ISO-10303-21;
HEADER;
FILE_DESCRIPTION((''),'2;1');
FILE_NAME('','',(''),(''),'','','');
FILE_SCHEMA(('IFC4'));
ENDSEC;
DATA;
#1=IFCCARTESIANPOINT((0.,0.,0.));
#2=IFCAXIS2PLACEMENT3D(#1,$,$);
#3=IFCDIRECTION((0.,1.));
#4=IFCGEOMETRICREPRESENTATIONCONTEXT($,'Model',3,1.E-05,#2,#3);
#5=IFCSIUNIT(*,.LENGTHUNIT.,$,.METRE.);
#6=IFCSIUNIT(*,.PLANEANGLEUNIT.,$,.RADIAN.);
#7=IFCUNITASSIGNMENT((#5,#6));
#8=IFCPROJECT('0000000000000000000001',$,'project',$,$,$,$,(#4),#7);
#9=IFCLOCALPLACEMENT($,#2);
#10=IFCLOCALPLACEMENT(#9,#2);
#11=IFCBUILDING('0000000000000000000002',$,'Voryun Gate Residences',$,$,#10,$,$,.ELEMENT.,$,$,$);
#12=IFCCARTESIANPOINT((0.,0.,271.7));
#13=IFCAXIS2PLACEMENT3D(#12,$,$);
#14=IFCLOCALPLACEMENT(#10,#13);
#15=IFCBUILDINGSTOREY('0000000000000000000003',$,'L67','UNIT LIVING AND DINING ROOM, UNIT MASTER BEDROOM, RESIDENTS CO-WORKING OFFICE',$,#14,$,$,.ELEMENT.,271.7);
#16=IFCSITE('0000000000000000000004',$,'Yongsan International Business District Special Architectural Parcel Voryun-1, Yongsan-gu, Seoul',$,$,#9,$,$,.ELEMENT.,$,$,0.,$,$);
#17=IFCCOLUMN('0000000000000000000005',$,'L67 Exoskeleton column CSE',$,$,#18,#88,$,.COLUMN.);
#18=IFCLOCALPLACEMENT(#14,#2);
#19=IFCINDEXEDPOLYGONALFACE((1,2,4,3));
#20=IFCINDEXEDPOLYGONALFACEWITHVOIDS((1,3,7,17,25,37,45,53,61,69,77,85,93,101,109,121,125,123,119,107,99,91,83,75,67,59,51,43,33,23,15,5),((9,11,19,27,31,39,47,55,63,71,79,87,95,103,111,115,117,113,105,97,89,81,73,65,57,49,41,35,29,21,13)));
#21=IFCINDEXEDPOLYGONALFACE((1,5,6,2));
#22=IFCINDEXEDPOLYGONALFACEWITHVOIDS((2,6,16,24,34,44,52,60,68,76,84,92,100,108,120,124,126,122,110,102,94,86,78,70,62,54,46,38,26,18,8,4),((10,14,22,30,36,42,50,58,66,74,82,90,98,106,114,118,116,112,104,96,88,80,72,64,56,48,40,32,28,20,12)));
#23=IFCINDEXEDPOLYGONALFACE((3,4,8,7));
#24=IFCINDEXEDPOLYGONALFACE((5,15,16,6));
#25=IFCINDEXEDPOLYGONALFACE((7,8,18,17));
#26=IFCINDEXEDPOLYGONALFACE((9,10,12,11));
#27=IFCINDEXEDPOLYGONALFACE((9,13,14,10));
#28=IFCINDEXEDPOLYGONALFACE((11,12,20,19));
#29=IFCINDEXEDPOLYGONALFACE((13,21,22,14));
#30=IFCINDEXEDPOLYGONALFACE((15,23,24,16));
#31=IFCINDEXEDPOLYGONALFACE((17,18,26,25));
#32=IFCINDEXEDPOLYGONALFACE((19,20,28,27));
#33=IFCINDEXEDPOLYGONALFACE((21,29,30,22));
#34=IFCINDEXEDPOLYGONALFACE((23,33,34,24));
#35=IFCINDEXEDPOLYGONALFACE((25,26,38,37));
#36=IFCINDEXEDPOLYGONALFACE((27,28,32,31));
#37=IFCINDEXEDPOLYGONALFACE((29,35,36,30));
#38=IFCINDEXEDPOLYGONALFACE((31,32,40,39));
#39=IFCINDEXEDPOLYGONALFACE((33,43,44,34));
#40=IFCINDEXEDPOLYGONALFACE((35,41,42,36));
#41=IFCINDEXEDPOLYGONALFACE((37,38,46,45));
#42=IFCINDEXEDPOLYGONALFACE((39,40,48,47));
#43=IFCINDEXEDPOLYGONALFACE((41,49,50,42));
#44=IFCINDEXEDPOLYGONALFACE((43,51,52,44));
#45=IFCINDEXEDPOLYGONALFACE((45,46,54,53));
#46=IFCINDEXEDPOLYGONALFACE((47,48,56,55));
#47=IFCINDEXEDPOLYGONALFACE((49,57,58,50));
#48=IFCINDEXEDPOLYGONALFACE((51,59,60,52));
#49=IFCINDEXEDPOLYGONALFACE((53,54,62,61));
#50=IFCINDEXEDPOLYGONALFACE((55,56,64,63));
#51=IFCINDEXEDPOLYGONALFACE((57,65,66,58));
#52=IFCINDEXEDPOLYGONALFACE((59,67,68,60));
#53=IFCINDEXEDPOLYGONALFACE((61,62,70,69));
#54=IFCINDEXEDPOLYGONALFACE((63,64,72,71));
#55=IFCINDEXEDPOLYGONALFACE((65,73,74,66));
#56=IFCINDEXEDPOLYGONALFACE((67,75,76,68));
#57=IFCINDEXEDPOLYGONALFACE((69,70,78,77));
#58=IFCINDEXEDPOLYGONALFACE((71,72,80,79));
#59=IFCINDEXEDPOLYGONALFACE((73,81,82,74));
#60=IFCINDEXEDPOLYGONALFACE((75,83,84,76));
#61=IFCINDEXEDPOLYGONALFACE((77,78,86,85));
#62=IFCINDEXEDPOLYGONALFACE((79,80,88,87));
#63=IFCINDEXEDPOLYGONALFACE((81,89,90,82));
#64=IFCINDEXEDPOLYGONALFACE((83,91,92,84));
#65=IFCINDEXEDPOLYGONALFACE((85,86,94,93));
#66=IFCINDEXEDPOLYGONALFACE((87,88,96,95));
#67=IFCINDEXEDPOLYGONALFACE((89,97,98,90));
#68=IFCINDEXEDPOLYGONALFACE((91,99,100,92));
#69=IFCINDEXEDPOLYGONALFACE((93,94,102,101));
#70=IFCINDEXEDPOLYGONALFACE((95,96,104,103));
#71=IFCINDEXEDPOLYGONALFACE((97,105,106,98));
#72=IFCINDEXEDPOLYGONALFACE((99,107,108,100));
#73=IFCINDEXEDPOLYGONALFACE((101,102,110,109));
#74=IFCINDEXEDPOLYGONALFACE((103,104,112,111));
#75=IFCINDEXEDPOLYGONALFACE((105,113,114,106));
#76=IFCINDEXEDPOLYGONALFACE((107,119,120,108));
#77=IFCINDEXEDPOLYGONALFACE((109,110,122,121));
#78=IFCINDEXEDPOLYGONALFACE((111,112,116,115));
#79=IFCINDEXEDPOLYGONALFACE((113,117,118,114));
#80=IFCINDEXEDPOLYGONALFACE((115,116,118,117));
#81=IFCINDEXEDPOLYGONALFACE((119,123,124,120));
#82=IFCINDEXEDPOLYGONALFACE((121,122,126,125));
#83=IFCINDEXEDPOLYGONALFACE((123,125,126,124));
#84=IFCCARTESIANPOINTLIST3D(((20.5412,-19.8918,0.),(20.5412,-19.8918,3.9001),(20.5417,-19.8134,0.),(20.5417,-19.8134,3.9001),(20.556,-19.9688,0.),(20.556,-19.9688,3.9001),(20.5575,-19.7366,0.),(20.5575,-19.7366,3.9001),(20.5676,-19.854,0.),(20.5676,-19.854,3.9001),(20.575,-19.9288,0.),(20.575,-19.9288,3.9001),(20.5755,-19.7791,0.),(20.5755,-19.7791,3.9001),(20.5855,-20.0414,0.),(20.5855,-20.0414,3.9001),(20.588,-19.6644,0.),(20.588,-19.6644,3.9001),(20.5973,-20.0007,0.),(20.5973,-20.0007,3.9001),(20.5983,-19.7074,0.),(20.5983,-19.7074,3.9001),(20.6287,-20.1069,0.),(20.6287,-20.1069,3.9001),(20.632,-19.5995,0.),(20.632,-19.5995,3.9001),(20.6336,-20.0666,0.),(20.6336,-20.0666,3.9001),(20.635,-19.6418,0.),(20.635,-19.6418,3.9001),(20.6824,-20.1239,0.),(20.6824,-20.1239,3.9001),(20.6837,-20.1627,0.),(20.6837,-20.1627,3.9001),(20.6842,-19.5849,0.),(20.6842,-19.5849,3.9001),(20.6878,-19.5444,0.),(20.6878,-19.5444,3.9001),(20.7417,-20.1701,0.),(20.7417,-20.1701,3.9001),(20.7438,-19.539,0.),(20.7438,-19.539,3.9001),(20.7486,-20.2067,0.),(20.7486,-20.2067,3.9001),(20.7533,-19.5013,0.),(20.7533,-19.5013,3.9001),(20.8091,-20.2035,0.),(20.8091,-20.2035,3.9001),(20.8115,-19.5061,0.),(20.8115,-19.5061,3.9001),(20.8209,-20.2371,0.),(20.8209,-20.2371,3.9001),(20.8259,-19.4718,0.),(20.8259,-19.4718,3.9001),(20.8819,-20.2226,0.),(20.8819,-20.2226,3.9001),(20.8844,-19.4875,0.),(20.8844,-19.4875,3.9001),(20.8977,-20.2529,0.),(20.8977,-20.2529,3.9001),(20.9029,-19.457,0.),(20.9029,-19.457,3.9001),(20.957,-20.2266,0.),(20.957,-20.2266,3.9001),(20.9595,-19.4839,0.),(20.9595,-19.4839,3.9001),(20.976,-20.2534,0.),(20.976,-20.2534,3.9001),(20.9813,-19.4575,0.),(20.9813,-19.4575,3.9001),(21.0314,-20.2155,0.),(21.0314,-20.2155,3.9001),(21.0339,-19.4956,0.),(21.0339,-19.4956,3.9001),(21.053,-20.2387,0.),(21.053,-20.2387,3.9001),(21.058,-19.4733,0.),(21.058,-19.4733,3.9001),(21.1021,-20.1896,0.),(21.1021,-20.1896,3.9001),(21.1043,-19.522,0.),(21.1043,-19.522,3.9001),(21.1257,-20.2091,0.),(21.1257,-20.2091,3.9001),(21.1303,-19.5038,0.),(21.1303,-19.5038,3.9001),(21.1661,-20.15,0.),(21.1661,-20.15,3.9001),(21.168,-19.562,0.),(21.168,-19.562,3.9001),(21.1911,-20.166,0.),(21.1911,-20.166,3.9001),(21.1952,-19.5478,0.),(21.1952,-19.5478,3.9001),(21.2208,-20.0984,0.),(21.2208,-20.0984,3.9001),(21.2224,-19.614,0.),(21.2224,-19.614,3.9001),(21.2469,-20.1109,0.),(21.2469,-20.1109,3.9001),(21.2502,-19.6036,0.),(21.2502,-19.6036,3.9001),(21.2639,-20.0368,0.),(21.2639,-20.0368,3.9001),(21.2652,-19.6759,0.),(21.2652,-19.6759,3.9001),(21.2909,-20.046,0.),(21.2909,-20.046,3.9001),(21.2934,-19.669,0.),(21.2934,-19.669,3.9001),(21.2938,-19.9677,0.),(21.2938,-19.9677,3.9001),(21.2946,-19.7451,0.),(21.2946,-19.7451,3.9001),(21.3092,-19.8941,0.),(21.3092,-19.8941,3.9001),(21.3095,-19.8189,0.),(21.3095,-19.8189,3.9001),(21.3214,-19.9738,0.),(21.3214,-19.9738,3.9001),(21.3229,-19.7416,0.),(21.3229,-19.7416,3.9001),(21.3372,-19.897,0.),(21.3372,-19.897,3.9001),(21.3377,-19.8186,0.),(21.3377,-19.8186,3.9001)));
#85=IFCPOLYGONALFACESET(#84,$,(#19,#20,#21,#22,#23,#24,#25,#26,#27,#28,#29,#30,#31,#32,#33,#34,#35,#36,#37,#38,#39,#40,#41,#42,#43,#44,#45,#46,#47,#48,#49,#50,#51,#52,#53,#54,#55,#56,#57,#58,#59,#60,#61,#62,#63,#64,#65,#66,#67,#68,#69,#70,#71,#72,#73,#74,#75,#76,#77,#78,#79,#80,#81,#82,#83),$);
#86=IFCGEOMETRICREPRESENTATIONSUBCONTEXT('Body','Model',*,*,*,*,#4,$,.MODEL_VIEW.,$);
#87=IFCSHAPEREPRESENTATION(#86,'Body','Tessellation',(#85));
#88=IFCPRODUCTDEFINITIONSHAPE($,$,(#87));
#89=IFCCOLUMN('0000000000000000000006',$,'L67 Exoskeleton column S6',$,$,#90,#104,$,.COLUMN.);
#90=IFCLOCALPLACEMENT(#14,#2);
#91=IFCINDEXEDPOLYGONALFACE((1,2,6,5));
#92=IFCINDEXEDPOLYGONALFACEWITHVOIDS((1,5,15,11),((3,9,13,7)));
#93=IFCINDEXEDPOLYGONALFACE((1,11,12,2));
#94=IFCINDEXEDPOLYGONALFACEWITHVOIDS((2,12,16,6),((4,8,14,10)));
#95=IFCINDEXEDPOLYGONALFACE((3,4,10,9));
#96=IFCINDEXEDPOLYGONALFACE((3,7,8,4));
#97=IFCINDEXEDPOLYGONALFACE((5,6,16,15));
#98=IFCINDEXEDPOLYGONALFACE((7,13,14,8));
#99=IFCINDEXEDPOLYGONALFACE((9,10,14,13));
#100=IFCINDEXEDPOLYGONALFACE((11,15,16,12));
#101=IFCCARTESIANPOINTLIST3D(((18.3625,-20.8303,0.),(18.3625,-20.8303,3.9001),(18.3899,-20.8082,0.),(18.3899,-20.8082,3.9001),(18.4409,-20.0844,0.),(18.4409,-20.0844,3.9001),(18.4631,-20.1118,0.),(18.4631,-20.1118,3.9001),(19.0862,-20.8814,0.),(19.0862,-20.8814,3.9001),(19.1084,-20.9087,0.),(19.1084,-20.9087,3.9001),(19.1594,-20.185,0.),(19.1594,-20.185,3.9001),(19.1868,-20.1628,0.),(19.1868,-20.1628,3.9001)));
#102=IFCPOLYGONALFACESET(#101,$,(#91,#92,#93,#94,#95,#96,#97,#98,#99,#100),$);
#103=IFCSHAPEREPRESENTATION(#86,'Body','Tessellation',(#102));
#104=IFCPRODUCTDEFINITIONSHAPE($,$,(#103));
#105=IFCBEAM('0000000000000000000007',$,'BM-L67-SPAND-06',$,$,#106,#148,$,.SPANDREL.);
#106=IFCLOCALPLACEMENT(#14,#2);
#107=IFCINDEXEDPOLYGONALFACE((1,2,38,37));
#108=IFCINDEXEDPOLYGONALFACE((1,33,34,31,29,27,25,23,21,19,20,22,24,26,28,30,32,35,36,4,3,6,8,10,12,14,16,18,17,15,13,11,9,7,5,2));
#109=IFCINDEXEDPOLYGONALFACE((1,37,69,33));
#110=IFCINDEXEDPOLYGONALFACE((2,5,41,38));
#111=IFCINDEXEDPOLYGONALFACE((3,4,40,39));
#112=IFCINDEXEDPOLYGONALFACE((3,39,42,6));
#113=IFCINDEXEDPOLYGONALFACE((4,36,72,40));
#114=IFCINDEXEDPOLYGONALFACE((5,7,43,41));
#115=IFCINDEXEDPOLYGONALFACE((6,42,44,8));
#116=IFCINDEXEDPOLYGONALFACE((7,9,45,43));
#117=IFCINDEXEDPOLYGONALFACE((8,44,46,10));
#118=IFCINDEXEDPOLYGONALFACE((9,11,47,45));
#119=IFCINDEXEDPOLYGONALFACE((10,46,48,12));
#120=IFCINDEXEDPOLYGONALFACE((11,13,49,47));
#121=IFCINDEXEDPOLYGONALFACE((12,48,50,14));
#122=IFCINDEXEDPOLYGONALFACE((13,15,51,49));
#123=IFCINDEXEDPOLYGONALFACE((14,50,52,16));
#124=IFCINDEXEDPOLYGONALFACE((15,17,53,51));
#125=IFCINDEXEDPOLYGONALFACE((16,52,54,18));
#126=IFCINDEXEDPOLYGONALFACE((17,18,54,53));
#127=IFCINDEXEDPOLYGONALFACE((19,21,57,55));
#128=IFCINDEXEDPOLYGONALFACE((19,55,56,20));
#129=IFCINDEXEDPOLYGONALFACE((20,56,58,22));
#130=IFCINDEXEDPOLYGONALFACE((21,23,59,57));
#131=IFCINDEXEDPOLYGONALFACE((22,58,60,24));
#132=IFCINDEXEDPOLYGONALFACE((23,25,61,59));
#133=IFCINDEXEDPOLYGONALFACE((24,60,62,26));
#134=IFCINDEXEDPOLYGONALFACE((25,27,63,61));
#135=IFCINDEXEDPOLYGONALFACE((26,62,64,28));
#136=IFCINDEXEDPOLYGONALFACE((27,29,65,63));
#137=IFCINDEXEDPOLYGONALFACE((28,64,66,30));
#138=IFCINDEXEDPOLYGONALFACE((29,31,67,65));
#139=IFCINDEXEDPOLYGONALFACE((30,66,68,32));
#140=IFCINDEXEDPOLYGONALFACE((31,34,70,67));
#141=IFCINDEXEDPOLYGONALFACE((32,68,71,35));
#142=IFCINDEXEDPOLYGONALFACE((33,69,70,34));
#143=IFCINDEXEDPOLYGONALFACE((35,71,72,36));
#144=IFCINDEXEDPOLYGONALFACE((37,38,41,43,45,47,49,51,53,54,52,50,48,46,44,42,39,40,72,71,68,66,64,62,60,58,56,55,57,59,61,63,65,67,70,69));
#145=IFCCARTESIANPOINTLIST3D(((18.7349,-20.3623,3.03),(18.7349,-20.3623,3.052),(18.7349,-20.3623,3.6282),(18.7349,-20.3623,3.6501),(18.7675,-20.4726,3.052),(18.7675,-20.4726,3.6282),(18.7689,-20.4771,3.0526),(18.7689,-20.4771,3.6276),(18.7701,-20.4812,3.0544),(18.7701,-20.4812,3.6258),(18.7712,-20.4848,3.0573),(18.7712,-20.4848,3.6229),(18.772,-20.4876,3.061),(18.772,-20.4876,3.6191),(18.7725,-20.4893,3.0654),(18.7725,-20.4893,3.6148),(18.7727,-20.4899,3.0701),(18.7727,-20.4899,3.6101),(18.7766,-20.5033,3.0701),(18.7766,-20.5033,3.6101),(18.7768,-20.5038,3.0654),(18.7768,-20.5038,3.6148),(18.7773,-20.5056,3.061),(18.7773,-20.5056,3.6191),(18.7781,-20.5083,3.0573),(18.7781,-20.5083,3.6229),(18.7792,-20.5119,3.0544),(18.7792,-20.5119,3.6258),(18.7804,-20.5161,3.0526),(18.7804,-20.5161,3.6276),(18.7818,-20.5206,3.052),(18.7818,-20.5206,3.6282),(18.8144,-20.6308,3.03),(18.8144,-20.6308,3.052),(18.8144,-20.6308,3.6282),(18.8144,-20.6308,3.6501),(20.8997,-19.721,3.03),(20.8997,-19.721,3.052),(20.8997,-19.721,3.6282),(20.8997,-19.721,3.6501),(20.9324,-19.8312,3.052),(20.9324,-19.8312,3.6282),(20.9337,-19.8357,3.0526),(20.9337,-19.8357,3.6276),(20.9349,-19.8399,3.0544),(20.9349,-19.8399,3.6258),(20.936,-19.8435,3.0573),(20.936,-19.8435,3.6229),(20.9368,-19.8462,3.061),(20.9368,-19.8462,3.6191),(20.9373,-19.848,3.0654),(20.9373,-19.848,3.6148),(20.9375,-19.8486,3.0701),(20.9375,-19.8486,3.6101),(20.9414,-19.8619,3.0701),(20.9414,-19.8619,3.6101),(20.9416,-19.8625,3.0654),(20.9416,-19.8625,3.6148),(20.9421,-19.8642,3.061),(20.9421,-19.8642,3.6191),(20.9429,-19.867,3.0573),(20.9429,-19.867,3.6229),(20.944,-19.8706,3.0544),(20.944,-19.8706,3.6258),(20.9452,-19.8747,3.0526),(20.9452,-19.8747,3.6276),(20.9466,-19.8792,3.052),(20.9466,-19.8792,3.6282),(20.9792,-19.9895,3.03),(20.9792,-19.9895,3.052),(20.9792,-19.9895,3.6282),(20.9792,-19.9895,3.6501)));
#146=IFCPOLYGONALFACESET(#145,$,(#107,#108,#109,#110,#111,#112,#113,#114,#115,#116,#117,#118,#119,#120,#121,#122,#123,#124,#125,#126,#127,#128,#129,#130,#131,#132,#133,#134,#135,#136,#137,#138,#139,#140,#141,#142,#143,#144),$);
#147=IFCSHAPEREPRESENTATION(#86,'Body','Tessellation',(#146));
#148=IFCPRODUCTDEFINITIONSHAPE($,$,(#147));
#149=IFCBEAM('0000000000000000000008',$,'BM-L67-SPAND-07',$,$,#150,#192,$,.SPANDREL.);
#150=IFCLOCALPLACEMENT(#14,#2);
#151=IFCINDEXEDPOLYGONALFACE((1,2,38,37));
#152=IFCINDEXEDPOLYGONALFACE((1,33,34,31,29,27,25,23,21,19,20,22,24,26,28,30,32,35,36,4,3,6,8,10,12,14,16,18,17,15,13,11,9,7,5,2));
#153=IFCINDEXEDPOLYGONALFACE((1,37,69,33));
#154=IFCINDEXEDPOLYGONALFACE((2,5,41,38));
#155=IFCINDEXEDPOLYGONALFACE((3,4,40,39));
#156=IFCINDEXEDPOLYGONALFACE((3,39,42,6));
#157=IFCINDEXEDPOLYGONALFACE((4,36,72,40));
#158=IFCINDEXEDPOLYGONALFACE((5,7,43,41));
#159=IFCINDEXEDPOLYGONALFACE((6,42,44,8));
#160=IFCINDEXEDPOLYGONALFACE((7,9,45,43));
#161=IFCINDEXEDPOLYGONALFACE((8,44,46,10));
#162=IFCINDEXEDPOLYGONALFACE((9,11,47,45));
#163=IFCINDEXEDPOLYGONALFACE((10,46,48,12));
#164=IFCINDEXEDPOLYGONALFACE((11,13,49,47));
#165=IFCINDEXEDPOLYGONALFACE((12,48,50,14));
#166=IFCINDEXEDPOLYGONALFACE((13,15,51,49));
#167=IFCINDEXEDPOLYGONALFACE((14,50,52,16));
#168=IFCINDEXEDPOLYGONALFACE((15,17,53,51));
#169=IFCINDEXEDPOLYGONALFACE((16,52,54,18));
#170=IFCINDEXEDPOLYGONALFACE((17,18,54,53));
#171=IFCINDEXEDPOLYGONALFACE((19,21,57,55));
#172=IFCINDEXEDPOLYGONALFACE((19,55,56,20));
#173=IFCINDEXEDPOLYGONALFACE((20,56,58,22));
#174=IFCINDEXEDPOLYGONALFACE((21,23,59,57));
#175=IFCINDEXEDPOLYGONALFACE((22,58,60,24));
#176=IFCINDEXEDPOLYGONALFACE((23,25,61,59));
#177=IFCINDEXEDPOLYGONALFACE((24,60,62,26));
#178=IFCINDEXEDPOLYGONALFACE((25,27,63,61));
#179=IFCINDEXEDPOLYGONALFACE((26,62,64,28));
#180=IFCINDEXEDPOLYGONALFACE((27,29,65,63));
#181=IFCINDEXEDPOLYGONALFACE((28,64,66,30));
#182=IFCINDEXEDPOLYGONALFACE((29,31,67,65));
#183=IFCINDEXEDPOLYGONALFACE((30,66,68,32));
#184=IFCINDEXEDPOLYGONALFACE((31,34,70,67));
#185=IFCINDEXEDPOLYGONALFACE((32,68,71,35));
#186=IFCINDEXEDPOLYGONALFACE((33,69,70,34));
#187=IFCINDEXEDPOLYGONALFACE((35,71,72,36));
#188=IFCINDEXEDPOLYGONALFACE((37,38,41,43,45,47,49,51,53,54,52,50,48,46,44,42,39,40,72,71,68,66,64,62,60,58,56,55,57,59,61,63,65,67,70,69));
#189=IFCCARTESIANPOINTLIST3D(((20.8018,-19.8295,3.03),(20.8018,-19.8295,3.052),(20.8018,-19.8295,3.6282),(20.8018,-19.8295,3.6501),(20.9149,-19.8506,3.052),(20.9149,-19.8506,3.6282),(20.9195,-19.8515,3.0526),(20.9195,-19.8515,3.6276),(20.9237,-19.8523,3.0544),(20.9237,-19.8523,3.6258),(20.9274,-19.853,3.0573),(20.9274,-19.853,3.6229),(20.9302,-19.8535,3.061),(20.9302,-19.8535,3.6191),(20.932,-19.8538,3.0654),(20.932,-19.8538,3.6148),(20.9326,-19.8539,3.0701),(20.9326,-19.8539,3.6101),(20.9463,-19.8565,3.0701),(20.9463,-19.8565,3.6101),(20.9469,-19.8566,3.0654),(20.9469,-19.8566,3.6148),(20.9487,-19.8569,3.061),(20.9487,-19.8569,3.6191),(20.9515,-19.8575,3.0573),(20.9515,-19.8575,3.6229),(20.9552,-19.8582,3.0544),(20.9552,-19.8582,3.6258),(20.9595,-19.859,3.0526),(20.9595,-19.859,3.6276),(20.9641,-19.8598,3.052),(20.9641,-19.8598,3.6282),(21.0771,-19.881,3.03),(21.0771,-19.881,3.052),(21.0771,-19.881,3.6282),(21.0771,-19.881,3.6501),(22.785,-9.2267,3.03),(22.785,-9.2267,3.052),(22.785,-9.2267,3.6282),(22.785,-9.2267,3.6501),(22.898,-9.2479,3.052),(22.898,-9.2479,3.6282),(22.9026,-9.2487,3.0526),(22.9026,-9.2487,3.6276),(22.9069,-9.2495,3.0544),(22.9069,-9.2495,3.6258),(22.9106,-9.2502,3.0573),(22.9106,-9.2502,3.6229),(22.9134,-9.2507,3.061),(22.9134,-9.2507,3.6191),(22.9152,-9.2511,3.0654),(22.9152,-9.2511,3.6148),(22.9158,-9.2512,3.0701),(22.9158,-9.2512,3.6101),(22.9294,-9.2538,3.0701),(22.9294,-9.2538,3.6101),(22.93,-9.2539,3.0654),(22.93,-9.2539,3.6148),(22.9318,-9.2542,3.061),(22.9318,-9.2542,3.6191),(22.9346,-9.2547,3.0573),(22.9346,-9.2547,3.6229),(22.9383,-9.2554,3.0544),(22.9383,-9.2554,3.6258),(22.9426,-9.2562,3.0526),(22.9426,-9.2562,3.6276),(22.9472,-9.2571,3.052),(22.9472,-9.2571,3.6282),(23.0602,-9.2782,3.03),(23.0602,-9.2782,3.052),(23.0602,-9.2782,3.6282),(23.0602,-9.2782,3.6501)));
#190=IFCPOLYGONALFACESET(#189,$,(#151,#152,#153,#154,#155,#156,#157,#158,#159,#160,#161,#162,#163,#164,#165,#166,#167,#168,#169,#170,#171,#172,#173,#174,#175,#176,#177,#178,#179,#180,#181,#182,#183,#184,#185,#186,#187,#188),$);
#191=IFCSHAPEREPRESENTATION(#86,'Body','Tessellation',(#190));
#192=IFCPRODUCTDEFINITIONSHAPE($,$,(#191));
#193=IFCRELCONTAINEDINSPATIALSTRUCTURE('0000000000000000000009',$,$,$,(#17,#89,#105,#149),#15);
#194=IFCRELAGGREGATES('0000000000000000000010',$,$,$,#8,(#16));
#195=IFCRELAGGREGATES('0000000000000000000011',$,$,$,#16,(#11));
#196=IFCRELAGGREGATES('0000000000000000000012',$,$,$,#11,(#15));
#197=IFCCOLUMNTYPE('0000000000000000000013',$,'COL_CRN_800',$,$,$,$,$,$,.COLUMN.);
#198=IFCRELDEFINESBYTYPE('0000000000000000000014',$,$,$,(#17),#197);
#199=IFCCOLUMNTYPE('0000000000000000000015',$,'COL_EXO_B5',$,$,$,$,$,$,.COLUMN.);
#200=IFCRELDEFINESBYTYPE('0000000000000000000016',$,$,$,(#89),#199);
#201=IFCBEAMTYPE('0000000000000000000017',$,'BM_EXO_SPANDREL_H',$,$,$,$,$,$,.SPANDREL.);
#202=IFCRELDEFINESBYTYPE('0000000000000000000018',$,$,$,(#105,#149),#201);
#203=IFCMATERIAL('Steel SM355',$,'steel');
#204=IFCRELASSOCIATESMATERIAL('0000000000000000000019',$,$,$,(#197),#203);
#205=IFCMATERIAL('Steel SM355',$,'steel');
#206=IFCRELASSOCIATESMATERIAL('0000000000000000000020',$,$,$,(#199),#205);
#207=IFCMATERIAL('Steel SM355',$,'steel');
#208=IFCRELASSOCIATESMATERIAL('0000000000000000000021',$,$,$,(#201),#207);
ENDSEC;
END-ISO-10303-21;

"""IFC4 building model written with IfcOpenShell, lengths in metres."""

from ifc_helpers import new_model, si_unit, direction, frame, origin, origin_2d, place, context, subcontext, project, spatial, hollow_rectangle, hollow_circle, i_section, extrude, material, material_profile, profile_set, type_object, element, save


model = new_model("IFC4")

# Units and contexts
model_context = context("Model", 3, precision=1e-05, world=origin(), true_north=direction((0.0, 1.0)))
body_context = subcontext(model_context, "Body", "Model", "MODEL_VIEW")
ifc_project = project(units=[si_unit("LENGTHUNIT", "METRE"), si_unit("PLANEANGLEUNIT", "RADIAN")], contexts=[model_context])

# Site, building, storey
site_placement = place(None, origin())
site = spatial("IfcSite", under=ifc_project, at=site_placement, Name="Yongsan International Business District Special Architectural Parcel Voryun-1, Yongsan-gu, Seoul", CompositionType="ELEMENT", RefElevation=0.0)
building_placement = place(site_placement, origin())
building = spatial("IfcBuilding", under=site, at=building_placement, Name="Voryun Gate Residences", CompositionType="ELEMENT")
storey_placement = place(building_placement, frame((0.0, 0.0, 271.7)))
storey = spatial("IfcBuildingStorey", under=building, at=storey_placement, Name="L67", Description="UNIT LIVING AND DINING ROOM, UNIT MASTER BEDROOM, RESIDENTS CO-WORKING OFFICE", CompositionType="ELEMENT", Elevation=271.7)

# Columns
ifc_material_1 = material(Name="Steel SM355", Category="steel")
ifc_material_profile_1 = material_profile(ifc_material_1, hollow_circle(Radius=0.3999, WallThickness=0.0281, at=origin_2d()), Name="CHS-800x28")
ifc_profile_set_1 = profile_set([ifc_material_profile_1], Name="Steel SM355")
column_type_1 = type_object("IfcColumnType", Name="COL_CRN_800", PredefinedType="COLUMN", material=ifc_profile_set_1)
column_1_placement = place(storey_placement, frame((20.9395, -19.8552, 0.0), z_axis=(0.0, 0.0, 1.0), x_axis=(0.994522, -0.104528, 0.0)))
element("IfcColumn", 1, at=column_1_placement, inside=storey, type_object=column_type_1, Name="L67 Exoskeleton column CSE", PredefinedType="COLUMN", context=body_context, shape_type="SweptSolid", body=[
    extrude(hollow_circle(Radius=0.3999, WallThickness=0.0281, at=origin_2d()), origin(), (0.0, 0.0, 1.0), 3.9001),
])
ifc_material_2 = material(Name="Steel SM355", Category="steel")
ifc_material_profile_2 = material_profile(ifc_material_2, hollow_rectangle(XDim=0.75, YDim=0.75, WallThickness=0.0249, at=origin_2d()), Name="BOX-750x750x25")
ifc_profile_set_2 = profile_set([ifc_material_profile_2], Name="Steel SM355")
column_type_2 = type_object("IfcColumnType", Name="COL_EXO_B5", PredefinedType="COLUMN", material=ifc_profile_set_2)
column_2_placement = place(storey_placement, frame((18.7747, -20.4966, 0.0), z_axis=(0.0, 0.0, 1.0), x_axis=(0.994522, -0.104528, 0.0)))
element("IfcColumn", 2, at=column_2_placement, inside=storey, type_object=column_type_2, Name="L67 Exoskeleton column S6", PredefinedType="COLUMN", context=body_context, shape_type="SweptSolid", body=[
    extrude(hollow_rectangle(XDim=0.75, YDim=0.75, WallThickness=0.0249, at=origin_2d()), origin(), (0.0, 0.0, 1.0), 3.9001),
])

# Beams
ifc_material_3 = material(Name="Steel SM355", Category="steel")
ifc_material_profile_3 = material_profile(ifc_material_3, i_section(OverallWidth=0.28, OverallDepth=0.6201, WebThickness=0.0139, FlangeThickness=0.022, FilletRadius=0.0181, at=origin_2d()), Name="H-620x280x14x22")
ifc_profile_set_3 = profile_set([ifc_material_profile_3], Name="Steel SM355")
beam_type = type_object("IfcBeamType", Name="BM_EXO_SPANDREL_H", PredefinedType="SPANDREL", material=ifc_profile_set_3)
beam_1_placement = place(storey_placement, frame((18.7747, -20.4966, 3.3401), z_axis=(0.958806, 0.284063, 0.0), x_axis=(-0.284063, 0.958806, 0.0)))
element("IfcBeam", 3, at=beam_1_placement, inside=storey, type_object=beam_type, Name="BM-L67-SPAND-06", PredefinedType="SPANDREL", context=body_context, shape_type="SweptSolid", body=[
    extrude(i_section(OverallWidth=0.28, OverallDepth=0.6201, WebThickness=0.0139, FlangeThickness=0.022, FilletRadius=0.0181, at=origin_2d()), origin(), (0.0, 0.0, 1.0), 2.2578),
])
beam_2_placement = place(storey_placement, frame((20.9395, -19.8552, 3.3401), z_axis=(0.183853, 0.982954, 0.0), x_axis=(-0.982954, 0.183853, 0.0)))
element("IfcBeam", 4, at=beam_2_placement, inside=storey, type_object=beam_type, Name="BM-L67-SPAND-07", PredefinedType="SPANDREL", context=body_context, shape_type="SweptSolid", body=[
    extrude(i_section(OverallWidth=0.28, OverallDepth=0.6201, WebThickness=0.0139, FlangeThickness=0.022, FilletRadius=0.0181, at=origin_2d()), origin(), (0.0, 0.0, 1.0), 10.7866),
])

save(model, "model.ifc")
